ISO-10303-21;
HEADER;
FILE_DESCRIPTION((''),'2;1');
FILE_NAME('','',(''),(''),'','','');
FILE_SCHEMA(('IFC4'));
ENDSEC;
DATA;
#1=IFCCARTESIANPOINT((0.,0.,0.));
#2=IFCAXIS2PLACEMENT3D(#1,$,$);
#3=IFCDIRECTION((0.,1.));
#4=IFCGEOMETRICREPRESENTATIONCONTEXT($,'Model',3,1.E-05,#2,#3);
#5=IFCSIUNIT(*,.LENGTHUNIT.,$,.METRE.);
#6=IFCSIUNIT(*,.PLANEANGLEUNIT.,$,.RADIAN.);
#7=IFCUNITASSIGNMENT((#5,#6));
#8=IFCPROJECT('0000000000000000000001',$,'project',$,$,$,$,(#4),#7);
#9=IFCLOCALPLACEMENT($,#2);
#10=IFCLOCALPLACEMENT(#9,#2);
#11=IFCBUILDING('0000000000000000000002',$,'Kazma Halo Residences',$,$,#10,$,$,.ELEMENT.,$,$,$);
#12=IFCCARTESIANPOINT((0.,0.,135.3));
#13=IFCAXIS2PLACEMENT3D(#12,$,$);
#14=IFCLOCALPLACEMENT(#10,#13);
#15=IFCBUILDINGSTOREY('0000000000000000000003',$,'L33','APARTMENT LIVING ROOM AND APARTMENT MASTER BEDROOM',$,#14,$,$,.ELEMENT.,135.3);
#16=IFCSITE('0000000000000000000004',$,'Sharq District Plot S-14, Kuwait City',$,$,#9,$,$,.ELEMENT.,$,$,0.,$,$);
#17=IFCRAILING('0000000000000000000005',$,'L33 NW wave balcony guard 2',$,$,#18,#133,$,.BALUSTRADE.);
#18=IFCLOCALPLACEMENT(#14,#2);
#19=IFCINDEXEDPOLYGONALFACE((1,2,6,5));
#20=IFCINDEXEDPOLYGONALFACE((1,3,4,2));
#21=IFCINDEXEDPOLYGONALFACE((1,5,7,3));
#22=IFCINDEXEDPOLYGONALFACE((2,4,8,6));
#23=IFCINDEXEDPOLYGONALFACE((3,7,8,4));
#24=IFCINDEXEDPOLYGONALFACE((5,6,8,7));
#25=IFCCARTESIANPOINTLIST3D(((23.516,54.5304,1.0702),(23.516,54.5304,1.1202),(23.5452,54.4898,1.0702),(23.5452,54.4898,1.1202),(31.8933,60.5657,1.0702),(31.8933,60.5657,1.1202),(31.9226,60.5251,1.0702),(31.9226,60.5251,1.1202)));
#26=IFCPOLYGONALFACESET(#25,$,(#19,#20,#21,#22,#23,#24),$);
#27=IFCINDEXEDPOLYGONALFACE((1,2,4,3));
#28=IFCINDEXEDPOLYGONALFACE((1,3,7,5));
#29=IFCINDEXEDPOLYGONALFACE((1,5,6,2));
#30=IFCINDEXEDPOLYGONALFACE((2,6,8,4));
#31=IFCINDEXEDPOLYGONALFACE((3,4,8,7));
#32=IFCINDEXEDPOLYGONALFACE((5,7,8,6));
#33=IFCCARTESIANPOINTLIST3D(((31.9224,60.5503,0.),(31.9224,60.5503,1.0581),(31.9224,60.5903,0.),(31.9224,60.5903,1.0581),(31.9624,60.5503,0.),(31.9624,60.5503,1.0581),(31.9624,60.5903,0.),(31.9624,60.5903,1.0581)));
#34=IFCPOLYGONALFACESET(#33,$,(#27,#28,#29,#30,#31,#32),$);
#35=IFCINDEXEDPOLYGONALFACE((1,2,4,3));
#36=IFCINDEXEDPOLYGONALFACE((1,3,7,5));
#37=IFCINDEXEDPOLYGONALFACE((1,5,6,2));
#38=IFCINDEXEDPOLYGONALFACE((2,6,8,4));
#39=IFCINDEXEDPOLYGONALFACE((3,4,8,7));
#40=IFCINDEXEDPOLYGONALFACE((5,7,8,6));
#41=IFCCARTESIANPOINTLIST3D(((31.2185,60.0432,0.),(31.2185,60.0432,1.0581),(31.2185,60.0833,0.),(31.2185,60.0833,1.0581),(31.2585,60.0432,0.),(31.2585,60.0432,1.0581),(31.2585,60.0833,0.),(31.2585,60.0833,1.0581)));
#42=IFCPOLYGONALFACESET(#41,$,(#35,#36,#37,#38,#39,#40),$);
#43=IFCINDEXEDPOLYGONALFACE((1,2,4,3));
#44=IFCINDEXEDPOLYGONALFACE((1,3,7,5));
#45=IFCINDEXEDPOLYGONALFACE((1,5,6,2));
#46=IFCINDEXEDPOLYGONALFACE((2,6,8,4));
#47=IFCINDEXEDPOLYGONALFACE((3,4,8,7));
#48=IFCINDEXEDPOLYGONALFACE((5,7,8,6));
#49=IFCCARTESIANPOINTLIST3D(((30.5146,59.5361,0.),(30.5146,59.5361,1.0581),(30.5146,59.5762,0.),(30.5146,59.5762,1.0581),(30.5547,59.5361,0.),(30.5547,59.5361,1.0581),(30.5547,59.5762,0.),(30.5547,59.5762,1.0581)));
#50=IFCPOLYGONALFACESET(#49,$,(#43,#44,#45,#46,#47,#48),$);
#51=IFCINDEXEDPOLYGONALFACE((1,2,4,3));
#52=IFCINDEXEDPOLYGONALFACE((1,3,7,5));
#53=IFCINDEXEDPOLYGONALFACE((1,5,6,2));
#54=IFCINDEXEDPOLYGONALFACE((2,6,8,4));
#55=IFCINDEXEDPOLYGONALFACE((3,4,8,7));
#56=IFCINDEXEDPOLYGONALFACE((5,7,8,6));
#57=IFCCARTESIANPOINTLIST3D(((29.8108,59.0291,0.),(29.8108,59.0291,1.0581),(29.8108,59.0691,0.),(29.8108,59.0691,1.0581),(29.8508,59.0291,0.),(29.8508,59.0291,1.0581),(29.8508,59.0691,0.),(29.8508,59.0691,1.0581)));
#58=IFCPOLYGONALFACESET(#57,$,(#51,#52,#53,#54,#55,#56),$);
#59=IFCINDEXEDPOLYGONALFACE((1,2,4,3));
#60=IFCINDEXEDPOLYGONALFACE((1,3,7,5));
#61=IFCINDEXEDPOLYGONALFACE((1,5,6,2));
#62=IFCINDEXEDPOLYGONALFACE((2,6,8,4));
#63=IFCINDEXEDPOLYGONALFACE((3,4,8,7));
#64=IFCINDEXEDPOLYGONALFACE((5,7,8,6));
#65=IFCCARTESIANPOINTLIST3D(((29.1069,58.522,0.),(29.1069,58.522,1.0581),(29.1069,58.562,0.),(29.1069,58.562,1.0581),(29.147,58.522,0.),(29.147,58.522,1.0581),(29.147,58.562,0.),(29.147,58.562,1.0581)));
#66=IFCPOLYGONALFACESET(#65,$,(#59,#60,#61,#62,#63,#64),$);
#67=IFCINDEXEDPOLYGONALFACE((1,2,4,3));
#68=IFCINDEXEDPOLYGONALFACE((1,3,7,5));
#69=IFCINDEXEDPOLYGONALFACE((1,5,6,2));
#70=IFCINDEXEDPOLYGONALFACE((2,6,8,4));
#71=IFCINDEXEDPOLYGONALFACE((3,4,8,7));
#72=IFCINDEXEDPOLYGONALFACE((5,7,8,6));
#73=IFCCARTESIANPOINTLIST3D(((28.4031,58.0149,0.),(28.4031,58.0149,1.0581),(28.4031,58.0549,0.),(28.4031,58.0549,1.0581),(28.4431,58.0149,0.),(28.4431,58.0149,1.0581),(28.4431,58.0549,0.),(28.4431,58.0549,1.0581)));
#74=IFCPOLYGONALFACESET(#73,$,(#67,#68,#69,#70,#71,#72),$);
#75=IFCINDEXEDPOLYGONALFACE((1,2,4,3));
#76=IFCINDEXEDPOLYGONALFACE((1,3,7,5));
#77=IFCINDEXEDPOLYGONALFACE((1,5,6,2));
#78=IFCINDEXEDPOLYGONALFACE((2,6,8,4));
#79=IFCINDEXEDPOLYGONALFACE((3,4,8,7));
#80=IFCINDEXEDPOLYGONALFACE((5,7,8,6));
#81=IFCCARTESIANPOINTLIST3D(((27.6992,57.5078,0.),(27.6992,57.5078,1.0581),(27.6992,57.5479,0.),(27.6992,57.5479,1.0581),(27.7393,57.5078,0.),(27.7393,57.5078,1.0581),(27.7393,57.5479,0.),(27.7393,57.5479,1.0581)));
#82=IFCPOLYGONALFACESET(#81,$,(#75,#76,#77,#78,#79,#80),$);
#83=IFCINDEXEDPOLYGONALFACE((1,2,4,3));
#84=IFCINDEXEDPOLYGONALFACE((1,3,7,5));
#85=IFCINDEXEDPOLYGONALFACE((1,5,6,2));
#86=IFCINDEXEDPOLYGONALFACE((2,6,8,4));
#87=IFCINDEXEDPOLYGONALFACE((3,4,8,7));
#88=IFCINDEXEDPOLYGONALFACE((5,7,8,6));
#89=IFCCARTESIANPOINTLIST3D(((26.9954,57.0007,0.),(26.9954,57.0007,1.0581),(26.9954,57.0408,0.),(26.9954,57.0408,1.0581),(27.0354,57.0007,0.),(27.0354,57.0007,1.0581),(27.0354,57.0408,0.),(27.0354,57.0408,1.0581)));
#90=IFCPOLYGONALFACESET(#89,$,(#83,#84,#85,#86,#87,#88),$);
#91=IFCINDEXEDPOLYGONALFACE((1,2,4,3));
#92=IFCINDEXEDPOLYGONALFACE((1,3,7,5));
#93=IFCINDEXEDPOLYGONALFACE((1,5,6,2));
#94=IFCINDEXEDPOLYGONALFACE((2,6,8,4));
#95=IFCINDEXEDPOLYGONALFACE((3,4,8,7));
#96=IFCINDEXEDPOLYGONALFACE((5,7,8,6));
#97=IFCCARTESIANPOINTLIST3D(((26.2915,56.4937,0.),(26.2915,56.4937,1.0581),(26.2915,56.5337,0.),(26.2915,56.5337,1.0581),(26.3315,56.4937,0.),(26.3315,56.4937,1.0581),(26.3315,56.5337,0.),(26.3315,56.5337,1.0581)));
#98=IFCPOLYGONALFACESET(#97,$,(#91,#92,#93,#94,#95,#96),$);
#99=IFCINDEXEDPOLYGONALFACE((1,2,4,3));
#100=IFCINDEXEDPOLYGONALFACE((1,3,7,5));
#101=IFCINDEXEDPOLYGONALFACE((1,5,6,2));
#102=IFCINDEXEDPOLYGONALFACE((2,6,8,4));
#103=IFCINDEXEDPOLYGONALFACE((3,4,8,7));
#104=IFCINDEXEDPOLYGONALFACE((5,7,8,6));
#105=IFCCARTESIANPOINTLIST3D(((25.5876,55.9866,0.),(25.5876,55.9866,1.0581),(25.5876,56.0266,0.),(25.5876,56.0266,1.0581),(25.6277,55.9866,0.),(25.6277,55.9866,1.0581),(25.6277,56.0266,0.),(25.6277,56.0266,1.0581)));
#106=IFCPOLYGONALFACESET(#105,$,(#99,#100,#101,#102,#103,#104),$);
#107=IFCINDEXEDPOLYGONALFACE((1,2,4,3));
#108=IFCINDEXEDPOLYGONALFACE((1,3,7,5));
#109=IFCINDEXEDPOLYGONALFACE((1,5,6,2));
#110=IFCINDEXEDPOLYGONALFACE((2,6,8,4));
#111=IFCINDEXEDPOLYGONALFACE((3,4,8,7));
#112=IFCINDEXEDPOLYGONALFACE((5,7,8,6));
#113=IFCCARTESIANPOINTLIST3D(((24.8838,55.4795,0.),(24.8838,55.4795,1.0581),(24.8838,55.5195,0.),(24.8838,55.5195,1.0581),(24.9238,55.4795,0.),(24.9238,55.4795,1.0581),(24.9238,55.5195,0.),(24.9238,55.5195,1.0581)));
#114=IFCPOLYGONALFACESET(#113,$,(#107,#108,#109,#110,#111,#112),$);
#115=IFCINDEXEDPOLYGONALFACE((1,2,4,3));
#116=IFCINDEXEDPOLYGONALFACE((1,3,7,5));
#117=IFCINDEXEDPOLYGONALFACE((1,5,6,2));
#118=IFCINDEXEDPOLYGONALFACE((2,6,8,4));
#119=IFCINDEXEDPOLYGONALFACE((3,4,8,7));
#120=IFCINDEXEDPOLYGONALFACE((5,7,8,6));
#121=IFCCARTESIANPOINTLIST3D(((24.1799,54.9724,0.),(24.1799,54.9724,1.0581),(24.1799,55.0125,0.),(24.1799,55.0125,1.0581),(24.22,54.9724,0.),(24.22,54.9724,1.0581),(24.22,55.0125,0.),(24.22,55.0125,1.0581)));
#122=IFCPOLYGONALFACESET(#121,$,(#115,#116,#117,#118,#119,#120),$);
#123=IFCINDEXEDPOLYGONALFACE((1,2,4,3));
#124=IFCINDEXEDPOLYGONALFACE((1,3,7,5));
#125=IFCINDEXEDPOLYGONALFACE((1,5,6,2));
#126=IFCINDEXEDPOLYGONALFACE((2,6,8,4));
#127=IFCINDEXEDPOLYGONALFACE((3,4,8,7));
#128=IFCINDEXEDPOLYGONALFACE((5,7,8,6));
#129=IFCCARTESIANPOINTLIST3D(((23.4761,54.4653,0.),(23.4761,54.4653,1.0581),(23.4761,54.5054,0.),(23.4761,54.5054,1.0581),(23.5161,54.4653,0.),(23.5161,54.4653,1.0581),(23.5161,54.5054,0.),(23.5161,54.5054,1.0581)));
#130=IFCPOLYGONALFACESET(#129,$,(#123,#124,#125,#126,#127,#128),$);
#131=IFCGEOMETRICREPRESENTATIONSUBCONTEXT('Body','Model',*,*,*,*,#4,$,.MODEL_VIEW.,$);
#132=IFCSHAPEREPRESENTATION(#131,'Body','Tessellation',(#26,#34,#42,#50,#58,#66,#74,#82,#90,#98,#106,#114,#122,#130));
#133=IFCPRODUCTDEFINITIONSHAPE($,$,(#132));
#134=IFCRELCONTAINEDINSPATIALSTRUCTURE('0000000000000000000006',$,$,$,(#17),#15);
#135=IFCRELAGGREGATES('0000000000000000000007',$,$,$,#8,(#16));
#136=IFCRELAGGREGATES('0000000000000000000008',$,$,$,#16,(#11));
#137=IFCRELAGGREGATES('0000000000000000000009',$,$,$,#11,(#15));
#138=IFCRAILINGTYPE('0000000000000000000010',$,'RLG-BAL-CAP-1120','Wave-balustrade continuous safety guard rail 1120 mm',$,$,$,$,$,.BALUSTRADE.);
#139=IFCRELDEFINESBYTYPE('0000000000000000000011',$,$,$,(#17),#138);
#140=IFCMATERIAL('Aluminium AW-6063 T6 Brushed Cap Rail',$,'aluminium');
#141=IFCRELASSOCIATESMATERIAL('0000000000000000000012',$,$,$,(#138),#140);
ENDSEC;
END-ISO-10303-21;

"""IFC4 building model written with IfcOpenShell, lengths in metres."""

from ifc_helpers import new_model, si_unit, direction, frame, origin, origin_2d, place, context, subcontext, project, spatial, rectangle, extrude, material, type_object, element, save


model = new_model("IFC4")

# Units and contexts
model_context = context("Model", 3, precision=1e-05, world=origin(), true_north=direction((0.0, 1.0)))
body_context = subcontext(model_context, "Body", "Model", "MODEL_VIEW")
ifc_project = project(units=[si_unit("LENGTHUNIT", "METRE"), si_unit("PLANEANGLEUNIT", "RADIAN")], contexts=[model_context])

# Site, building, storey
site_placement = place(None, origin())
site = spatial("IfcSite", under=ifc_project, at=site_placement, Name="Sharq District Plot S-14, Kuwait City", CompositionType="ELEMENT", RefElevation=0.0)
building_placement = place(site_placement, origin())
building = spatial("IfcBuilding", under=site, at=building_placement, Name="Kazma Halo Residences", CompositionType="ELEMENT")
storey_placement = place(building_placement, frame((0.0, 0.0, 135.3)))
storey = spatial("IfcBuildingStorey", under=building, at=storey_placement, Name="L33", Description="APARTMENT LIVING ROOM AND APARTMENT MASTER BEDROOM", CompositionType="ELEMENT", Elevation=135.3)

# Railing
ifc_material_1 = material(Name="Aluminium AW-6063 T6 Brushed Cap Rail", Category="aluminium")
railing_type = type_object("IfcRailingType", Name="RLG-BAL-CAP-1120", Description="Wave-balustrade continuous safety guard rail 1120 mm", PredefinedType="BALUSTRADE", material=ifc_material_1)
railing_1_placement = place(storey_placement, frame((31.9424, 60.5703, 0.0)))
element("IfcRailing", 1, at=railing_1_placement, inside=storey, type_object=railing_type, Name="L33 NW wave balcony guard 2", PredefinedType="BALUSTRADE", context=body_context, shape_type="SweptSolid", body=[
    extrude(rectangle(XDim=0.05, YDim=0.05, at=origin_2d()), frame((-0.0344, -0.0249, 1.0952), z_axis=(-0.811369, -0.584535, 0.0), x_axis=(0.584535, -0.811369, 0.0)), (0.0, 0.0, 1.0), 10.325),
    extrude(rectangle(XDim=0.04, YDim=0.04, at=origin_2d()), origin(), (0.0, 0.0, 1.0), 1.0581),
    extrude(rectangle(XDim=0.04, YDim=0.04, at=origin_2d()), frame((-0.7039, -0.5071, 0.0)), (0.0, 0.0, 1.0), 1.0581),
    extrude(rectangle(XDim=0.04, YDim=0.04, at=origin_2d()), frame((-1.4077, -1.0142, 0.0)), (0.0, 0.0, 1.0), 1.0581),
    extrude(rectangle(XDim=0.04, YDim=0.04, at=origin_2d()), frame((-2.1116, -1.5212, 0.0)), (0.0, 0.0, 1.0), 1.0581),
    extrude(rectangle(XDim=0.04, YDim=0.04, at=origin_2d()), frame((-2.8154, -2.0283, 0.0)), (0.0, 0.0, 1.0), 1.0581),
    extrude(rectangle(XDim=0.04, YDim=0.04, at=origin_2d()), frame((-3.5193, -2.5354, 0.0)), (0.0, 0.0, 1.0), 1.0581),
    extrude(rectangle(XDim=0.04, YDim=0.04, at=origin_2d()), frame((-4.2231, -3.0425, 0.0)), (0.0, 0.0, 1.0), 1.0581),
    extrude(rectangle(XDim=0.04, YDim=0.04, at=origin_2d()), frame((-4.927, -3.5496, 0.0)), (0.0, 0.0, 1.0), 1.0581),
    extrude(rectangle(XDim=0.04, YDim=0.04, at=origin_2d()), frame((-5.6309, -4.0566, 0.0)), (0.0, 0.0, 1.0), 1.0581),
    extrude(rectangle(XDim=0.04, YDim=0.04, at=origin_2d()), frame((-6.3347, -4.5637, 0.0)), (0.0, 0.0, 1.0), 1.0581),
    extrude(rectangle(XDim=0.04, YDim=0.04, at=origin_2d()), frame((-7.0386, -5.0708, 0.0)), (0.0, 0.0, 1.0), 1.0581),
    extrude(rectangle(XDim=0.04, YDim=0.04, at=origin_2d()), frame((-7.7424, -5.5779, 0.0)), (0.0, 0.0, 1.0), 1.0581),
    extrude(rectangle(XDim=0.04, YDim=0.04, at=origin_2d()), frame((-8.4463, -6.085, 0.0)), (0.0, 0.0, 1.0), 1.0581),
])

save(model, "model.ifc")
